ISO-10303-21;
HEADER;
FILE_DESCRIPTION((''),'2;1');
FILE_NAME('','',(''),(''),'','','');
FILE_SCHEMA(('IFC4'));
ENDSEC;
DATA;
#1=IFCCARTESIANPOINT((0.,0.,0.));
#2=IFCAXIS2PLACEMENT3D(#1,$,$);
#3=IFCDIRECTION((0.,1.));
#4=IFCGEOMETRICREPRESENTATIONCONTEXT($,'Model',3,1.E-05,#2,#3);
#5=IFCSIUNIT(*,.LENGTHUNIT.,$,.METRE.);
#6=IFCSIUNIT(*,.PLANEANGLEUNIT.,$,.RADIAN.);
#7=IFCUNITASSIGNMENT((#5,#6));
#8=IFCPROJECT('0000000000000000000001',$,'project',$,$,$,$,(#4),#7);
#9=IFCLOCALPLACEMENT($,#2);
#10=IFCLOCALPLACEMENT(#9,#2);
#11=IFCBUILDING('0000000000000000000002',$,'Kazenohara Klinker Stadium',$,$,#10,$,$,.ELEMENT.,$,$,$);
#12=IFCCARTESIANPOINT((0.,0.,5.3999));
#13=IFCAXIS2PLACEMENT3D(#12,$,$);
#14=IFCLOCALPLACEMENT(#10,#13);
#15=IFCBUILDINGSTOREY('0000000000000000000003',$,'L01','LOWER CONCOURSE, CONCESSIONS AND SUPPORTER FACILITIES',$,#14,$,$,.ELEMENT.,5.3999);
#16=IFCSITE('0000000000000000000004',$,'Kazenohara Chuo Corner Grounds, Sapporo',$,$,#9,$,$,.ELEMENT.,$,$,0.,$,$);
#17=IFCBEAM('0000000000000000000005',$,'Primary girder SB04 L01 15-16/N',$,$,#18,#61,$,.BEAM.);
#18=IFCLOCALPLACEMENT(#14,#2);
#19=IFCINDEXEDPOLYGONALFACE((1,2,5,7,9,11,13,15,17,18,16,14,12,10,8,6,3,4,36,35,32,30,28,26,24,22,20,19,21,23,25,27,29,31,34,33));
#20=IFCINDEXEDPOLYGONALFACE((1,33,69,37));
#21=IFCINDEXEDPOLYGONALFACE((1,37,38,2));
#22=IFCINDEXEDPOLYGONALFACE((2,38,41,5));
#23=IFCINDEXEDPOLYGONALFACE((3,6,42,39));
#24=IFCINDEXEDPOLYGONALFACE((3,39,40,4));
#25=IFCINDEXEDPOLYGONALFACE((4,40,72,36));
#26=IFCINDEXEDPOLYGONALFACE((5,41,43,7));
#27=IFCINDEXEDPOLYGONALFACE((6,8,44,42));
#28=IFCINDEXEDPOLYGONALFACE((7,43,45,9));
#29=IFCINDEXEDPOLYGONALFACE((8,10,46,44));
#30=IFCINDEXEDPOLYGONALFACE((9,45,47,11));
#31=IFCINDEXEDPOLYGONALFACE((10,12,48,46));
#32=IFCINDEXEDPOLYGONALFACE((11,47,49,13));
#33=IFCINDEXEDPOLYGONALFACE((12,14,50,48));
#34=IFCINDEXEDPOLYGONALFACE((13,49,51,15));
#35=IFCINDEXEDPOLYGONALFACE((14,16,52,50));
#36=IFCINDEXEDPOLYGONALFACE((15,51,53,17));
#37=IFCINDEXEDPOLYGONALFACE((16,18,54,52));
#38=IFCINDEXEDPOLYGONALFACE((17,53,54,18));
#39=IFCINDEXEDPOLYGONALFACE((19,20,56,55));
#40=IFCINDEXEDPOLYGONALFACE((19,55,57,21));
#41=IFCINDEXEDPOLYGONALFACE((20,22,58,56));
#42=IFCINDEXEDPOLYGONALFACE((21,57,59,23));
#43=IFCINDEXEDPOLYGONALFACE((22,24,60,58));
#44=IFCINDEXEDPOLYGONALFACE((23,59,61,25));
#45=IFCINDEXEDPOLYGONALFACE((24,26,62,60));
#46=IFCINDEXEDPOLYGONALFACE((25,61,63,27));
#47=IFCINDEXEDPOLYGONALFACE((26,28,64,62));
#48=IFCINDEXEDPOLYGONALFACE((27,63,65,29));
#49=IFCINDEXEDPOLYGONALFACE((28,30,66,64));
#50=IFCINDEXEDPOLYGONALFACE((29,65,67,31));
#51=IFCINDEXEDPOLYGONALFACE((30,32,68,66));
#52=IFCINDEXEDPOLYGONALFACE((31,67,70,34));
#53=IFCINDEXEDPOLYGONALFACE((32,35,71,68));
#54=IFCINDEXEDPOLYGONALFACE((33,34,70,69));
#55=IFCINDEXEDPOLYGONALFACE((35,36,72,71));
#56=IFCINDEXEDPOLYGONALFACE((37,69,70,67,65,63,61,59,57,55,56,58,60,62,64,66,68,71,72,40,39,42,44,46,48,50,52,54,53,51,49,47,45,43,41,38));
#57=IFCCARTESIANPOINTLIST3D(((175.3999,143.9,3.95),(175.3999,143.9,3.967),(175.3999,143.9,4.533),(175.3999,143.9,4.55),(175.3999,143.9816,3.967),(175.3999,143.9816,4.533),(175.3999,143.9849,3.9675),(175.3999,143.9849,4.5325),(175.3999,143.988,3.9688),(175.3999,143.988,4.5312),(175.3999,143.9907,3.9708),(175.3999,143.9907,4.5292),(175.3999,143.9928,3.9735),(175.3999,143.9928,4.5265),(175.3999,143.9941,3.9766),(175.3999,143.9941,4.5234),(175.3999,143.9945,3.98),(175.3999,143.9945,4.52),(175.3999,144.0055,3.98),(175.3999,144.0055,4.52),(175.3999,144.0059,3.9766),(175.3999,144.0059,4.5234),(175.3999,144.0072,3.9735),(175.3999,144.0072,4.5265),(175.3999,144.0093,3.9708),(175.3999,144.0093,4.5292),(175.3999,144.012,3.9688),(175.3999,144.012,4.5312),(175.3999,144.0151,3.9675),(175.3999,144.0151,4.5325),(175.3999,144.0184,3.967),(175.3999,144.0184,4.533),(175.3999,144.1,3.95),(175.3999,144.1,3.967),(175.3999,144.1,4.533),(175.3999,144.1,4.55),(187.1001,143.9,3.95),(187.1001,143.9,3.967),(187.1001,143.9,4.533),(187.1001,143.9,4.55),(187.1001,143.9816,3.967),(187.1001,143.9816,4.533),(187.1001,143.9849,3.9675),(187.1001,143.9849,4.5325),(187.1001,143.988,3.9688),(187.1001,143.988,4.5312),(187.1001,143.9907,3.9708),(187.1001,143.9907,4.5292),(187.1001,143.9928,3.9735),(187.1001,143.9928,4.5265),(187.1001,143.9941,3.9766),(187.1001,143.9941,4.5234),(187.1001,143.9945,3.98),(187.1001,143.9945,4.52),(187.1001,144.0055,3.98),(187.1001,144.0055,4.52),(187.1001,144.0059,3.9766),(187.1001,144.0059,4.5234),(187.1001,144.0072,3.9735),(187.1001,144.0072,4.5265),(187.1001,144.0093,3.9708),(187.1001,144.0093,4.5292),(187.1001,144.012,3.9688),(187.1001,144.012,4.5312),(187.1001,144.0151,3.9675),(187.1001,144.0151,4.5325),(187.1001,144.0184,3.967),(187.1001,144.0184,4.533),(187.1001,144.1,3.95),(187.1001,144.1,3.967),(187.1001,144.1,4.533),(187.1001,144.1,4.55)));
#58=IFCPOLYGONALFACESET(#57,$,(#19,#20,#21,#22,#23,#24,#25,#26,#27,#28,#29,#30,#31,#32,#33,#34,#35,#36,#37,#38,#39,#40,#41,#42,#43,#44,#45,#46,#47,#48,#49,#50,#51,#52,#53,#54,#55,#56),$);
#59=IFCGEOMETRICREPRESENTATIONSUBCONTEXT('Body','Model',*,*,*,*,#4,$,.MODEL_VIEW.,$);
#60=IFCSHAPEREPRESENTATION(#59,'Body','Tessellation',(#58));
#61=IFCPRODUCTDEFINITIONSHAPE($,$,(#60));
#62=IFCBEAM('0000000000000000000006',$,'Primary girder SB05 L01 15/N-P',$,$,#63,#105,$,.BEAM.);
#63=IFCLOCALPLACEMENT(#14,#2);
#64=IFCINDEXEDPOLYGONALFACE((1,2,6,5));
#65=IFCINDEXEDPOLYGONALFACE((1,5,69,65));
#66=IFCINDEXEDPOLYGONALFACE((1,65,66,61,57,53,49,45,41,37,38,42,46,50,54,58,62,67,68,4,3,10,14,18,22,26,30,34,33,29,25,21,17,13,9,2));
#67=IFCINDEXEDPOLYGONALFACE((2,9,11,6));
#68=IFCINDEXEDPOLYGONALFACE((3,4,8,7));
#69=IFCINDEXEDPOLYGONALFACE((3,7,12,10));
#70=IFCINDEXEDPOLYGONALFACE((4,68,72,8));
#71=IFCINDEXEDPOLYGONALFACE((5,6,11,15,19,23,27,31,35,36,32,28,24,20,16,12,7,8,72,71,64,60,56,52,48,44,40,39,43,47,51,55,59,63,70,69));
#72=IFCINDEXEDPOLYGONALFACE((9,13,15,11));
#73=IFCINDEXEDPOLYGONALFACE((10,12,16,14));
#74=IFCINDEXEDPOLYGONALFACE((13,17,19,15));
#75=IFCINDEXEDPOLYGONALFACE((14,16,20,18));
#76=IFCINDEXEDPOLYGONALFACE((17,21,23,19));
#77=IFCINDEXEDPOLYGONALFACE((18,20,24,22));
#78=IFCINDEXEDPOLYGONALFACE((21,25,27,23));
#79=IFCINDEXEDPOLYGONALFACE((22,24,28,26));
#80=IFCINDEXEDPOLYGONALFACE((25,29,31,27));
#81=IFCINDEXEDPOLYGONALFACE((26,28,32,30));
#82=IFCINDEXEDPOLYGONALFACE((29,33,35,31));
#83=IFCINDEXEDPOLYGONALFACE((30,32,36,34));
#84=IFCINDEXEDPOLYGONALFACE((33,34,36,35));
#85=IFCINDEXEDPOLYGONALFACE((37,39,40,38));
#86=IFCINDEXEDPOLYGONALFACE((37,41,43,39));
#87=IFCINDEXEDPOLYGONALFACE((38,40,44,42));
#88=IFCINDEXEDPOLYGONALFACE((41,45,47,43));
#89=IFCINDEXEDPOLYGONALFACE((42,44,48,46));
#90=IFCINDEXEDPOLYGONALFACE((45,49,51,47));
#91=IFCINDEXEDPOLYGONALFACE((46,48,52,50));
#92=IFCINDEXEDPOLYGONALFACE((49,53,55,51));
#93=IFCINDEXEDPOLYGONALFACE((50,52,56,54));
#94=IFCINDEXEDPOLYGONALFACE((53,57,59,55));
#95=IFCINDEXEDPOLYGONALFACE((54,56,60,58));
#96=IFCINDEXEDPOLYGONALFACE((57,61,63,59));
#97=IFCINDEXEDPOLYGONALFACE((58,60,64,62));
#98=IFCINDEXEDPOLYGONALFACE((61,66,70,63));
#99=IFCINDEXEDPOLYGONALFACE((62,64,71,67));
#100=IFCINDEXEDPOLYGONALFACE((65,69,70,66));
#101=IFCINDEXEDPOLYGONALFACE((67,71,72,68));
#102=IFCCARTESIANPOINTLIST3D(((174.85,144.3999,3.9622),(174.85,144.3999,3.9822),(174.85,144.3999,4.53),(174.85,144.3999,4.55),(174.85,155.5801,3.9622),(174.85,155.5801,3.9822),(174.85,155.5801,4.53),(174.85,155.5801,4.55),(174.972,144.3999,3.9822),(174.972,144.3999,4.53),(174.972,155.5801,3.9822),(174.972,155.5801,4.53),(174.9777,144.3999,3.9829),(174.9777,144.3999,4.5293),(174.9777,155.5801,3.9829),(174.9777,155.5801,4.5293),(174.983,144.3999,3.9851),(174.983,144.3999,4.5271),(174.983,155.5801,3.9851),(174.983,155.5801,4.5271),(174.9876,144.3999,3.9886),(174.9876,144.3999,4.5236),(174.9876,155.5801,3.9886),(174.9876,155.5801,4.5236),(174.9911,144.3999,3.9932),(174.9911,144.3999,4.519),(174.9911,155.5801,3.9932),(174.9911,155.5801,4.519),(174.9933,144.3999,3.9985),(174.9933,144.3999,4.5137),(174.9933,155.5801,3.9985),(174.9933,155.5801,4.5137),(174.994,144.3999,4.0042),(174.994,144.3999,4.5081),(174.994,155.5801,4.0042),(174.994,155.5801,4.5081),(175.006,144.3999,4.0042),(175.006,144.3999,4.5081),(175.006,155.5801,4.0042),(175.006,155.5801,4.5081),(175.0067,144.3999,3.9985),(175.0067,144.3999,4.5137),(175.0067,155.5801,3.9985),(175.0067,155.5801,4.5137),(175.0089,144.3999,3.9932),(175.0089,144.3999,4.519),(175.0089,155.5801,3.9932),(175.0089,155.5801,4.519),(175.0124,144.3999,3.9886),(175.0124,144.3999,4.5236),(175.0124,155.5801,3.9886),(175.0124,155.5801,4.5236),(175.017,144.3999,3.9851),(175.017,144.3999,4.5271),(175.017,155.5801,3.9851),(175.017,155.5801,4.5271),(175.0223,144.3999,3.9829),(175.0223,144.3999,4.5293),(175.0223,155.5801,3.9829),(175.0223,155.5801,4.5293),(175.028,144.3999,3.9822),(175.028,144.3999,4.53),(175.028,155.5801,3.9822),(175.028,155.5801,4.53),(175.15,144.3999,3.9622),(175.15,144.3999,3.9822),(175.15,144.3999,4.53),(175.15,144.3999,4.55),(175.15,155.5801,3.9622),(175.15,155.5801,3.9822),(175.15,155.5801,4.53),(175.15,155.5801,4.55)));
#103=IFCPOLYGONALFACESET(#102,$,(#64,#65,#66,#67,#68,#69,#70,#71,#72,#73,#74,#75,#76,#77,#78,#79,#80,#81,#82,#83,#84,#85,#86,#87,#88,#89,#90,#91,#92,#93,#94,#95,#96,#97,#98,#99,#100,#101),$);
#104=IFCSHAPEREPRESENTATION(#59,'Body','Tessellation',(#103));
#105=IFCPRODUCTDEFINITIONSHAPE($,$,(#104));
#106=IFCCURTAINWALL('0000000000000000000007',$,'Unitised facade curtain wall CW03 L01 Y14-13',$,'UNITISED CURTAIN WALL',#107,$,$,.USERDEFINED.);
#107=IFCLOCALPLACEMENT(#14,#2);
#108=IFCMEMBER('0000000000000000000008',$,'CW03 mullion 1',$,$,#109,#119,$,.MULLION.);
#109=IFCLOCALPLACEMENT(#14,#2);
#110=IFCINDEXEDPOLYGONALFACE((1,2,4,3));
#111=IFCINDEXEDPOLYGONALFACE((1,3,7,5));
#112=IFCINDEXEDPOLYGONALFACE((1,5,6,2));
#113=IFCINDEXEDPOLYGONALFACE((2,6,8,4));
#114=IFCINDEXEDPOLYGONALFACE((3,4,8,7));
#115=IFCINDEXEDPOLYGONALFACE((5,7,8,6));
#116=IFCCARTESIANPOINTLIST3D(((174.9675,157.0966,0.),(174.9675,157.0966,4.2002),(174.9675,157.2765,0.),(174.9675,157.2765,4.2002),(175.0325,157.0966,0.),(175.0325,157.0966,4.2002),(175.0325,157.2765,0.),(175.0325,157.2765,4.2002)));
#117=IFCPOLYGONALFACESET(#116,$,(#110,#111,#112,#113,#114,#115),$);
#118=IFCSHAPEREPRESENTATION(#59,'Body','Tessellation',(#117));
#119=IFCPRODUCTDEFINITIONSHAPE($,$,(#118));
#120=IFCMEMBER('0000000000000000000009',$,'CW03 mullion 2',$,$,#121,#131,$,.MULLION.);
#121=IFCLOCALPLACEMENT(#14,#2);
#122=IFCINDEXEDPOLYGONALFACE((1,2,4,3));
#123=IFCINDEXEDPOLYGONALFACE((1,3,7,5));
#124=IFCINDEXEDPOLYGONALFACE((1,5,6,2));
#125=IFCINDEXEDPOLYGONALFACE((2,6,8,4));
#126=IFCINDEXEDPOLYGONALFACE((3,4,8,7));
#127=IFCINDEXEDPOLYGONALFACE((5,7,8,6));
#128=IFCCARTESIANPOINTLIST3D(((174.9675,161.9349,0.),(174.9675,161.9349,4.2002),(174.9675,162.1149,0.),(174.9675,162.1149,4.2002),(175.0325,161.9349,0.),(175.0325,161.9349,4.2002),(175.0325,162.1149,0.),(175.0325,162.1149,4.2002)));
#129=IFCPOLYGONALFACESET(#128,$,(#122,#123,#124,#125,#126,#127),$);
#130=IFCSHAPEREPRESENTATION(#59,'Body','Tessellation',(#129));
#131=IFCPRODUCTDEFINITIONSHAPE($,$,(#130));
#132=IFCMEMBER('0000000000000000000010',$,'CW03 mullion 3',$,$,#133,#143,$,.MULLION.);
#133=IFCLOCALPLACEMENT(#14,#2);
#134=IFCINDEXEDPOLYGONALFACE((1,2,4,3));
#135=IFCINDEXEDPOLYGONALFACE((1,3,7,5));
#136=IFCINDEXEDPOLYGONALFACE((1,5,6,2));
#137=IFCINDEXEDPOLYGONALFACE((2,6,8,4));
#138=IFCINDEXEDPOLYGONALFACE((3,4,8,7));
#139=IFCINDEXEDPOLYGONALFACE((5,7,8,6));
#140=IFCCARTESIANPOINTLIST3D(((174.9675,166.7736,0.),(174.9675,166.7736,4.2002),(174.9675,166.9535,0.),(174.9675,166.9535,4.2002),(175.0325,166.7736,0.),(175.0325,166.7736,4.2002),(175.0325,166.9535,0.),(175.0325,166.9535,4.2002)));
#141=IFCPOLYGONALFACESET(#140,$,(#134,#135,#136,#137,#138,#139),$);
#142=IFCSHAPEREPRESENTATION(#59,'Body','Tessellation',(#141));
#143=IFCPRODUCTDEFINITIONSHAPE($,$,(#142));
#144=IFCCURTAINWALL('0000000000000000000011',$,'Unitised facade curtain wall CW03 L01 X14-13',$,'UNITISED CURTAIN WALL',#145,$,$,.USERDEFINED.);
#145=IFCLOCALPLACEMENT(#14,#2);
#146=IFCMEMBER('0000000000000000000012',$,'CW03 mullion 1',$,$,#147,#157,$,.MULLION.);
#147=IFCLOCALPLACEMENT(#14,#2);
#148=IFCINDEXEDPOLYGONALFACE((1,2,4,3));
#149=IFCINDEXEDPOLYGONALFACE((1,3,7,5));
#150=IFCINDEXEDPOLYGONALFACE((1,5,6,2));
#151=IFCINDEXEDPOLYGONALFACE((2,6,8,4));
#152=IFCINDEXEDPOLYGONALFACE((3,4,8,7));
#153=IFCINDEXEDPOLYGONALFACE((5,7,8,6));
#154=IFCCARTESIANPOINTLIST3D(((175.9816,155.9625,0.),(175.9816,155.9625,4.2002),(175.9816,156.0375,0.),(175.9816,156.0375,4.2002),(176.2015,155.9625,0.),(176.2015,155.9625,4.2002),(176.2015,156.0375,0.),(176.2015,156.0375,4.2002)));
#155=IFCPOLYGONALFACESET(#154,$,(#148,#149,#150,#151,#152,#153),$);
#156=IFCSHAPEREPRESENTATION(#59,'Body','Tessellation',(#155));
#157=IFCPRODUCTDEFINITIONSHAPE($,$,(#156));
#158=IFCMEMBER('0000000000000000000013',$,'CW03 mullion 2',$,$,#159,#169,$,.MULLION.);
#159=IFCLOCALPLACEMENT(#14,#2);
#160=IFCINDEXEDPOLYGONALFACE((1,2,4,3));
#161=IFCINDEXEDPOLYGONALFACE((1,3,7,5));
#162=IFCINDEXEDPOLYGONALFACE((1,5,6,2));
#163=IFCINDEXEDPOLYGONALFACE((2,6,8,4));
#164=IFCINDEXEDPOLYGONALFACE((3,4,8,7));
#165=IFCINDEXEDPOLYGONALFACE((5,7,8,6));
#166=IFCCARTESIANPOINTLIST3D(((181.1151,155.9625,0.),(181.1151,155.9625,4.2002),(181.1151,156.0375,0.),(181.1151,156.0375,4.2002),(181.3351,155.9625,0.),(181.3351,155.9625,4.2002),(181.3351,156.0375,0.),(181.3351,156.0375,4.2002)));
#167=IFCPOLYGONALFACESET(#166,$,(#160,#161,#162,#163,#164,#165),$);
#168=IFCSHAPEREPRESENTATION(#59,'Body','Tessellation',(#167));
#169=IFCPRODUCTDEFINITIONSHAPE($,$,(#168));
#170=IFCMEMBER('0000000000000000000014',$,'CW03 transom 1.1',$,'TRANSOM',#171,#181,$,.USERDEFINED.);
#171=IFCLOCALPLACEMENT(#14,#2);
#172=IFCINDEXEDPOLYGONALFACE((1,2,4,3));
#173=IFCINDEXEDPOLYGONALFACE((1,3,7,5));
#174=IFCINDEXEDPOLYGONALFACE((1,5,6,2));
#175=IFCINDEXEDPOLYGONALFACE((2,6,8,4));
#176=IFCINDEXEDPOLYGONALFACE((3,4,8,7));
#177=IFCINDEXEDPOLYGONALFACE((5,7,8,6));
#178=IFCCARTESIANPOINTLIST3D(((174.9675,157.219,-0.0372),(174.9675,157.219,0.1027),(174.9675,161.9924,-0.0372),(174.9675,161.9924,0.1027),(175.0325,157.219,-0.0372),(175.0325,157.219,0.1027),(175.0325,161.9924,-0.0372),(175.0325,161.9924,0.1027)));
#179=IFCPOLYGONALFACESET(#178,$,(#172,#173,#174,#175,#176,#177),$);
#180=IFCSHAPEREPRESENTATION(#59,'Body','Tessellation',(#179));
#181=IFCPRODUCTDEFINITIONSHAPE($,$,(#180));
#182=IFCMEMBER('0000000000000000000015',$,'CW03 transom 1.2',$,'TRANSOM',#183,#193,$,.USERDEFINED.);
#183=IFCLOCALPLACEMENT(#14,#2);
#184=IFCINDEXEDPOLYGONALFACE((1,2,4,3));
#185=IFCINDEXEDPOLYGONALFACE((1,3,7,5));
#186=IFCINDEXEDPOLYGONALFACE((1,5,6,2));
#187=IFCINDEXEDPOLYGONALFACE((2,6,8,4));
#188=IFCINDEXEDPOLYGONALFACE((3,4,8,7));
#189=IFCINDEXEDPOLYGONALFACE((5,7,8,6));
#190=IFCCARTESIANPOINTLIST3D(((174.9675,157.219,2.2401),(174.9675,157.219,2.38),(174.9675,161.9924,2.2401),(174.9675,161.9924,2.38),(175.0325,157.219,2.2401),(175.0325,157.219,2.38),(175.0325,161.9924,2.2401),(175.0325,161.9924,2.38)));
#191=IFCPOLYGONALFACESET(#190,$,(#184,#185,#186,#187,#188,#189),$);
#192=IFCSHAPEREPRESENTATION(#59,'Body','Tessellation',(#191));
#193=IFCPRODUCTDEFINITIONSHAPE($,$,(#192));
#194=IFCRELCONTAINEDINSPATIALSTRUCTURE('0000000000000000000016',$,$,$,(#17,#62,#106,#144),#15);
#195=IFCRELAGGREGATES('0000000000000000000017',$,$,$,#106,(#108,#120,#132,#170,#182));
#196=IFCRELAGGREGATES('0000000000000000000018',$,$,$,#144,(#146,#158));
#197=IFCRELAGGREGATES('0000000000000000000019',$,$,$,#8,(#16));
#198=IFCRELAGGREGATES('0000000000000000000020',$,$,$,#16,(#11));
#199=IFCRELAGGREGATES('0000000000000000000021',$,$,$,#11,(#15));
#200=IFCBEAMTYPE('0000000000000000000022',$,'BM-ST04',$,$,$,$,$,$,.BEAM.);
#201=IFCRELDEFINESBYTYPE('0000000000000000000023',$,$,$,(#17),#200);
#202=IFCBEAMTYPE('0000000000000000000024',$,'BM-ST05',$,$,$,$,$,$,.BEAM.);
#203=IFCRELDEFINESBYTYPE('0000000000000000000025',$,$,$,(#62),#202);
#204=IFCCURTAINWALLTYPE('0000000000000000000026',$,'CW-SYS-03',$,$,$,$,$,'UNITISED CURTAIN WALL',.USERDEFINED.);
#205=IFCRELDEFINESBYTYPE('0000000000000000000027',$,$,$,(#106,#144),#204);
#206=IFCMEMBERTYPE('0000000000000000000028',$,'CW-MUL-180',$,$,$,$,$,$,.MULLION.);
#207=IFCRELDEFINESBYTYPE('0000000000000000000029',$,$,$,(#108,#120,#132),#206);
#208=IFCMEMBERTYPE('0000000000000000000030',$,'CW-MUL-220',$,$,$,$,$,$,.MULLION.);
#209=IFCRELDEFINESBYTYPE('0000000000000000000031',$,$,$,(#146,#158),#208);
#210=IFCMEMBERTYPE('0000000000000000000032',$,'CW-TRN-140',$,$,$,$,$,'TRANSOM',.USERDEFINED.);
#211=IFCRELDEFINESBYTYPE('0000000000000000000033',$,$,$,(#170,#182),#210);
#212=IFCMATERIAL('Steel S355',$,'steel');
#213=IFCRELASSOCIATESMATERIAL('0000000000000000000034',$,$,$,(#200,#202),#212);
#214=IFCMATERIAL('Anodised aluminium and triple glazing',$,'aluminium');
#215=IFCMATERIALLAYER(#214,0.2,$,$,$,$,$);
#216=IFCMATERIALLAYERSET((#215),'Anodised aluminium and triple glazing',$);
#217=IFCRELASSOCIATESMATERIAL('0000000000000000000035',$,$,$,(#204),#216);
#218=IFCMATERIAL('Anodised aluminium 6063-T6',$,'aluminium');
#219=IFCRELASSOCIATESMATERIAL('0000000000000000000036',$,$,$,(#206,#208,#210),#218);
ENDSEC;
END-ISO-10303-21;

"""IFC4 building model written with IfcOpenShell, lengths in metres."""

from ifc_helpers import new_model, si_unit, direction, frame, origin, origin_2d, place, context, subcontext, project, spatial, rectangle, i_section, extrude, material, layer, layer_set, material_profile, profile_set, type_object, element, aggregate, save


model = new_model("IFC4")

# Units and contexts
model_context = context("Model", 3, precision=1e-05, world=origin(), true_north=direction((0.0, 1.0)))
body_context = subcontext(model_context, "Body", "Model", "MODEL_VIEW")
ifc_project = project(units=[si_unit("LENGTHUNIT", "METRE"), si_unit("PLANEANGLEUNIT", "RADIAN")], contexts=[model_context])

# Site, building, storey
site_placement = place(None, origin())
site = spatial("IfcSite", under=ifc_project, at=site_placement, Name="Kazenohara Chuo Corner Grounds, Sapporo", CompositionType="ELEMENT", RefElevation=0.0)
building_placement = place(site_placement, origin())
building = spatial("IfcBuilding", under=site, at=building_placement, Name="Kazenohara Klinker Stadium", CompositionType="ELEMENT")
storey_placement = place(building_placement, frame((0.0, 0.0, 5.3999)))
storey = spatial("IfcBuildingStorey", under=building, at=storey_placement, Name="L01", Description="LOWER CONCOURSE, CONCESSIONS AND SUPPORTER FACILITIES", CompositionType="ELEMENT", Elevation=5.3999)

# Beams
ifc_material_1 = material(Name="Steel S355", Category="steel")
ifc_material_profile_1 = material_profile(ifc_material_1, i_section(OverallWidth=0.2, OverallDepth=0.6001, WebThickness=0.011, FlangeThickness=0.0171, FilletRadius=0.0129, at=origin_2d()), Name="H-600x200x11x17")
ifc_profile_set_1 = profile_set([ifc_material_profile_1], Name="Steel S355")
beam_type_1 = type_object("IfcBeamType", Name="BM-ST04", PredefinedType="BEAM", material=ifc_profile_set_1)
beam_1_placement = place(storey_placement, frame((175.3999, 144.0, 4.25), z_axis=(1.0, 0.0, 0.0), x_axis=(0.0, 1.0, 0.0)))
element("IfcBeam", 1, at=beam_1_placement, inside=storey, type_object=beam_type_1, Name="Primary girder SB04 L01 15-16/N", PredefinedType="BEAM", context=body_context, shape_type="SweptSolid", body=[
    extrude(i_section(OverallWidth=0.2, OverallDepth=0.6001, WebThickness=0.011, FlangeThickness=0.0171, FilletRadius=0.0129, at=origin_2d()), origin(), (0.0, 0.0, 1.0), 11.7002),
])
ifc_material_profile_2 = material_profile(ifc_material_1, i_section(OverallWidth=0.3, OverallDepth=0.5879, WebThickness=0.012, FlangeThickness=0.02, FilletRadius=0.022, at=origin_2d()), Name="H-588x300x12x20")
ifc_profile_set_2 = profile_set([ifc_material_profile_2], Name="Steel S355")
beam_type_2 = type_object("IfcBeamType", Name="BM-ST05", PredefinedType="BEAM", material=ifc_profile_set_2)
beam_2_placement = place(storey_placement, frame((175.0, 144.3999, 4.2561), z_axis=(0.0, 1.0, 0.0), x_axis=(-1.0, 0.0, 0.0)))
element("IfcBeam", 2, at=beam_2_placement, inside=storey, type_object=beam_type_2, Name="Primary girder SB05 L01 15/N-P", PredefinedType="BEAM", context=body_context, shape_type="SweptSolid", body=[
    extrude(i_section(OverallWidth=0.3, OverallDepth=0.5879, WebThickness=0.012, FlangeThickness=0.02, FilletRadius=0.022, at=origin_2d()), origin(), (0.0, 0.0, 1.0), 11.1802),
])

# Curtain walls, members
ifc_material_2 = material(Name="Anodised aluminium and triple glazing", Category="aluminium")
ifc_layer_1 = layer(ifc_material_2, 0.2)
ifc_layer_set_1 = layer_set([ifc_layer_1], Name="Anodised aluminium and triple glazing")
curtain_wall_type = type_object("IfcCurtainWallType", Name="CW-SYS-03", ElementType="UNITISED CURTAIN WALL", PredefinedType="USERDEFINED", material=ifc_layer_set_1)
curtain_wall_1_placement = place(storey_placement, origin())
curtain_wall_1 = element("IfcCurtainWall", 3, at=curtain_wall_1_placement, inside=storey, type_object=curtain_wall_type, Name="Unitised facade curtain wall CW03 L01 Y14-13", ObjectType="UNITISED CURTAIN WALL", PredefinedType="USERDEFINED")
ifc_material_3 = material(Name="Anodised aluminium 6063-T6", Category="aluminium")
ifc_material_profile_3 = material_profile(ifc_material_3, rectangle(XDim=0.0649, YDim=0.1799, at=origin_2d()), Name="ALU-MUL-65x180")
ifc_profile_set_3 = profile_set([ifc_material_profile_3], Name="Anodised aluminium 6063-T6")
member_type_1 = type_object("IfcMemberType", Name="CW-MUL-180", PredefinedType="MULLION", material=ifc_profile_set_3)
member_1_placement = place(storey_placement, frame((175.0, 157.1865, 0.0), z_axis=(0.0, 0.0, 1.0), x_axis=(-1.0, 0.0, 0.0)))
member_1 = element("IfcMember", 4, at=member_1_placement, type_object=member_type_1, Name="CW03 mullion 1", PredefinedType="MULLION", context=body_context, shape_type="SweptSolid", body=[
    extrude(rectangle(XDim=0.0649, YDim=0.1799, at=origin_2d()), origin(), (0.0, 0.0, 1.0), 4.2002),
])
member_2_placement = place(storey_placement, frame((175.0, 162.0249, 0.0), z_axis=(0.0, 0.0, 1.0), x_axis=(-1.0, 0.0, 0.0)))
member_2 = element("IfcMember", 5, at=member_2_placement, type_object=member_type_1, Name="CW03 mullion 2", PredefinedType="MULLION", context=body_context, shape_type="SweptSolid", body=[
    extrude(rectangle(XDim=0.0649, YDim=0.1799, at=origin_2d()), origin(), (0.0, 0.0, 1.0), 4.2002),
])
member_3_placement = place(storey_placement, frame((175.0, 166.8635, 0.0), z_axis=(0.0, 0.0, 1.0), x_axis=(-1.0, 0.0, 0.0)))
member_3 = element("IfcMember", 6, at=member_3_placement, type_object=member_type_1, Name="CW03 mullion 3", PredefinedType="MULLION", context=body_context, shape_type="SweptSolid", body=[
    extrude(rectangle(XDim=0.0649, YDim=0.1799, at=origin_2d()), origin(), (0.0, 0.0, 1.0), 4.2002),
])
curtain_wall_2_placement = place(storey_placement, origin())
curtain_wall_2 = element("IfcCurtainWall", 7, at=curtain_wall_2_placement, inside=storey, type_object=curtain_wall_type, Name="Unitised facade curtain wall CW03 L01 X14-13", ObjectType="UNITISED CURTAIN WALL", PredefinedType="USERDEFINED")
ifc_material_profile_4 = material_profile(ifc_material_3, rectangle(XDim=0.075, YDim=0.22, at=origin_2d()), Name="ALU-MUL-75x220")
ifc_profile_set_4 = profile_set([ifc_material_profile_4], Name="Anodised aluminium 6063-T6")
member_type_2 = type_object("IfcMemberType", Name="CW-MUL-220", PredefinedType="MULLION", material=ifc_profile_set_4)
member_4_placement = place(storey_placement, frame((176.0916, 156.0, 0.0), z_axis=(0.0, 0.0, 1.0), x_axis=(0.0, 1.0, 0.0)))
member_4 = element("IfcMember", 8, at=member_4_placement, type_object=member_type_2, Name="CW03 mullion 1", PredefinedType="MULLION", context=body_context, shape_type="SweptSolid", body=[
    extrude(rectangle(XDim=0.075, YDim=0.22, at=origin_2d()), origin(), (0.0, 0.0, 1.0), 4.2002),
])
member_5_placement = place(storey_placement, frame((181.2251, 156.0, 0.0), z_axis=(0.0, 0.0, 1.0), x_axis=(0.0, 1.0, 0.0)))
member_5 = element("IfcMember", 9, at=member_5_placement, type_object=member_type_2, Name="CW03 mullion 2", PredefinedType="MULLION", context=body_context, shape_type="SweptSolid", body=[
    extrude(rectangle(XDim=0.075, YDim=0.22, at=origin_2d()), origin(), (0.0, 0.0, 1.0), 4.2002),
])

# Members
ifc_material_profile_5 = material_profile(ifc_material_3, rectangle(XDim=0.0649, YDim=0.1399, at=origin_2d()), Name="ALU-TRN-65x140")
ifc_profile_set_5 = profile_set([ifc_material_profile_5], Name="Anodised aluminium 6063-T6")
member_type_3 = type_object("IfcMemberType", Name="CW-TRN-140", ElementType="TRANSOM", PredefinedType="USERDEFINED", material=ifc_profile_set_5)
member_6_placement = place(storey_placement, frame((175.0, 157.219, 0.0327), z_axis=(0.0, 1.0, 0.0), x_axis=(-1.0, 0.0, 0.0)))
member_6 = element("IfcMember", 10, at=member_6_placement, type_object=member_type_3, Name="CW03 transom 1.1", ObjectType="TRANSOM", PredefinedType="USERDEFINED", context=body_context, shape_type="SweptSolid", body=[
    extrude(rectangle(XDim=0.0649, YDim=0.1399, at=origin_2d()), origin(), (0.0, 0.0, 1.0), 4.7734),
])
member_7_placement = place(storey_placement, frame((175.0, 157.219, 2.3101), z_axis=(0.0, 1.0, 0.0), x_axis=(-1.0, 0.0, 0.0)))
member_7 = element("IfcMember", 11, at=member_7_placement, type_object=member_type_3, Name="CW03 transom 1.2", ObjectType="TRANSOM", PredefinedType="USERDEFINED", context=body_context, shape_type="SweptSolid", body=[
    extrude(rectangle(XDim=0.0649, YDim=0.1399, at=origin_2d()), origin(), (0.0, 0.0, 1.0), 4.7734),
])

aggregate(curtain_wall_1, [member_1, member_2, member_3, member_6, member_7])
aggregate(curtain_wall_2, [member_4, member_5])

save(model, "model.ifc")
